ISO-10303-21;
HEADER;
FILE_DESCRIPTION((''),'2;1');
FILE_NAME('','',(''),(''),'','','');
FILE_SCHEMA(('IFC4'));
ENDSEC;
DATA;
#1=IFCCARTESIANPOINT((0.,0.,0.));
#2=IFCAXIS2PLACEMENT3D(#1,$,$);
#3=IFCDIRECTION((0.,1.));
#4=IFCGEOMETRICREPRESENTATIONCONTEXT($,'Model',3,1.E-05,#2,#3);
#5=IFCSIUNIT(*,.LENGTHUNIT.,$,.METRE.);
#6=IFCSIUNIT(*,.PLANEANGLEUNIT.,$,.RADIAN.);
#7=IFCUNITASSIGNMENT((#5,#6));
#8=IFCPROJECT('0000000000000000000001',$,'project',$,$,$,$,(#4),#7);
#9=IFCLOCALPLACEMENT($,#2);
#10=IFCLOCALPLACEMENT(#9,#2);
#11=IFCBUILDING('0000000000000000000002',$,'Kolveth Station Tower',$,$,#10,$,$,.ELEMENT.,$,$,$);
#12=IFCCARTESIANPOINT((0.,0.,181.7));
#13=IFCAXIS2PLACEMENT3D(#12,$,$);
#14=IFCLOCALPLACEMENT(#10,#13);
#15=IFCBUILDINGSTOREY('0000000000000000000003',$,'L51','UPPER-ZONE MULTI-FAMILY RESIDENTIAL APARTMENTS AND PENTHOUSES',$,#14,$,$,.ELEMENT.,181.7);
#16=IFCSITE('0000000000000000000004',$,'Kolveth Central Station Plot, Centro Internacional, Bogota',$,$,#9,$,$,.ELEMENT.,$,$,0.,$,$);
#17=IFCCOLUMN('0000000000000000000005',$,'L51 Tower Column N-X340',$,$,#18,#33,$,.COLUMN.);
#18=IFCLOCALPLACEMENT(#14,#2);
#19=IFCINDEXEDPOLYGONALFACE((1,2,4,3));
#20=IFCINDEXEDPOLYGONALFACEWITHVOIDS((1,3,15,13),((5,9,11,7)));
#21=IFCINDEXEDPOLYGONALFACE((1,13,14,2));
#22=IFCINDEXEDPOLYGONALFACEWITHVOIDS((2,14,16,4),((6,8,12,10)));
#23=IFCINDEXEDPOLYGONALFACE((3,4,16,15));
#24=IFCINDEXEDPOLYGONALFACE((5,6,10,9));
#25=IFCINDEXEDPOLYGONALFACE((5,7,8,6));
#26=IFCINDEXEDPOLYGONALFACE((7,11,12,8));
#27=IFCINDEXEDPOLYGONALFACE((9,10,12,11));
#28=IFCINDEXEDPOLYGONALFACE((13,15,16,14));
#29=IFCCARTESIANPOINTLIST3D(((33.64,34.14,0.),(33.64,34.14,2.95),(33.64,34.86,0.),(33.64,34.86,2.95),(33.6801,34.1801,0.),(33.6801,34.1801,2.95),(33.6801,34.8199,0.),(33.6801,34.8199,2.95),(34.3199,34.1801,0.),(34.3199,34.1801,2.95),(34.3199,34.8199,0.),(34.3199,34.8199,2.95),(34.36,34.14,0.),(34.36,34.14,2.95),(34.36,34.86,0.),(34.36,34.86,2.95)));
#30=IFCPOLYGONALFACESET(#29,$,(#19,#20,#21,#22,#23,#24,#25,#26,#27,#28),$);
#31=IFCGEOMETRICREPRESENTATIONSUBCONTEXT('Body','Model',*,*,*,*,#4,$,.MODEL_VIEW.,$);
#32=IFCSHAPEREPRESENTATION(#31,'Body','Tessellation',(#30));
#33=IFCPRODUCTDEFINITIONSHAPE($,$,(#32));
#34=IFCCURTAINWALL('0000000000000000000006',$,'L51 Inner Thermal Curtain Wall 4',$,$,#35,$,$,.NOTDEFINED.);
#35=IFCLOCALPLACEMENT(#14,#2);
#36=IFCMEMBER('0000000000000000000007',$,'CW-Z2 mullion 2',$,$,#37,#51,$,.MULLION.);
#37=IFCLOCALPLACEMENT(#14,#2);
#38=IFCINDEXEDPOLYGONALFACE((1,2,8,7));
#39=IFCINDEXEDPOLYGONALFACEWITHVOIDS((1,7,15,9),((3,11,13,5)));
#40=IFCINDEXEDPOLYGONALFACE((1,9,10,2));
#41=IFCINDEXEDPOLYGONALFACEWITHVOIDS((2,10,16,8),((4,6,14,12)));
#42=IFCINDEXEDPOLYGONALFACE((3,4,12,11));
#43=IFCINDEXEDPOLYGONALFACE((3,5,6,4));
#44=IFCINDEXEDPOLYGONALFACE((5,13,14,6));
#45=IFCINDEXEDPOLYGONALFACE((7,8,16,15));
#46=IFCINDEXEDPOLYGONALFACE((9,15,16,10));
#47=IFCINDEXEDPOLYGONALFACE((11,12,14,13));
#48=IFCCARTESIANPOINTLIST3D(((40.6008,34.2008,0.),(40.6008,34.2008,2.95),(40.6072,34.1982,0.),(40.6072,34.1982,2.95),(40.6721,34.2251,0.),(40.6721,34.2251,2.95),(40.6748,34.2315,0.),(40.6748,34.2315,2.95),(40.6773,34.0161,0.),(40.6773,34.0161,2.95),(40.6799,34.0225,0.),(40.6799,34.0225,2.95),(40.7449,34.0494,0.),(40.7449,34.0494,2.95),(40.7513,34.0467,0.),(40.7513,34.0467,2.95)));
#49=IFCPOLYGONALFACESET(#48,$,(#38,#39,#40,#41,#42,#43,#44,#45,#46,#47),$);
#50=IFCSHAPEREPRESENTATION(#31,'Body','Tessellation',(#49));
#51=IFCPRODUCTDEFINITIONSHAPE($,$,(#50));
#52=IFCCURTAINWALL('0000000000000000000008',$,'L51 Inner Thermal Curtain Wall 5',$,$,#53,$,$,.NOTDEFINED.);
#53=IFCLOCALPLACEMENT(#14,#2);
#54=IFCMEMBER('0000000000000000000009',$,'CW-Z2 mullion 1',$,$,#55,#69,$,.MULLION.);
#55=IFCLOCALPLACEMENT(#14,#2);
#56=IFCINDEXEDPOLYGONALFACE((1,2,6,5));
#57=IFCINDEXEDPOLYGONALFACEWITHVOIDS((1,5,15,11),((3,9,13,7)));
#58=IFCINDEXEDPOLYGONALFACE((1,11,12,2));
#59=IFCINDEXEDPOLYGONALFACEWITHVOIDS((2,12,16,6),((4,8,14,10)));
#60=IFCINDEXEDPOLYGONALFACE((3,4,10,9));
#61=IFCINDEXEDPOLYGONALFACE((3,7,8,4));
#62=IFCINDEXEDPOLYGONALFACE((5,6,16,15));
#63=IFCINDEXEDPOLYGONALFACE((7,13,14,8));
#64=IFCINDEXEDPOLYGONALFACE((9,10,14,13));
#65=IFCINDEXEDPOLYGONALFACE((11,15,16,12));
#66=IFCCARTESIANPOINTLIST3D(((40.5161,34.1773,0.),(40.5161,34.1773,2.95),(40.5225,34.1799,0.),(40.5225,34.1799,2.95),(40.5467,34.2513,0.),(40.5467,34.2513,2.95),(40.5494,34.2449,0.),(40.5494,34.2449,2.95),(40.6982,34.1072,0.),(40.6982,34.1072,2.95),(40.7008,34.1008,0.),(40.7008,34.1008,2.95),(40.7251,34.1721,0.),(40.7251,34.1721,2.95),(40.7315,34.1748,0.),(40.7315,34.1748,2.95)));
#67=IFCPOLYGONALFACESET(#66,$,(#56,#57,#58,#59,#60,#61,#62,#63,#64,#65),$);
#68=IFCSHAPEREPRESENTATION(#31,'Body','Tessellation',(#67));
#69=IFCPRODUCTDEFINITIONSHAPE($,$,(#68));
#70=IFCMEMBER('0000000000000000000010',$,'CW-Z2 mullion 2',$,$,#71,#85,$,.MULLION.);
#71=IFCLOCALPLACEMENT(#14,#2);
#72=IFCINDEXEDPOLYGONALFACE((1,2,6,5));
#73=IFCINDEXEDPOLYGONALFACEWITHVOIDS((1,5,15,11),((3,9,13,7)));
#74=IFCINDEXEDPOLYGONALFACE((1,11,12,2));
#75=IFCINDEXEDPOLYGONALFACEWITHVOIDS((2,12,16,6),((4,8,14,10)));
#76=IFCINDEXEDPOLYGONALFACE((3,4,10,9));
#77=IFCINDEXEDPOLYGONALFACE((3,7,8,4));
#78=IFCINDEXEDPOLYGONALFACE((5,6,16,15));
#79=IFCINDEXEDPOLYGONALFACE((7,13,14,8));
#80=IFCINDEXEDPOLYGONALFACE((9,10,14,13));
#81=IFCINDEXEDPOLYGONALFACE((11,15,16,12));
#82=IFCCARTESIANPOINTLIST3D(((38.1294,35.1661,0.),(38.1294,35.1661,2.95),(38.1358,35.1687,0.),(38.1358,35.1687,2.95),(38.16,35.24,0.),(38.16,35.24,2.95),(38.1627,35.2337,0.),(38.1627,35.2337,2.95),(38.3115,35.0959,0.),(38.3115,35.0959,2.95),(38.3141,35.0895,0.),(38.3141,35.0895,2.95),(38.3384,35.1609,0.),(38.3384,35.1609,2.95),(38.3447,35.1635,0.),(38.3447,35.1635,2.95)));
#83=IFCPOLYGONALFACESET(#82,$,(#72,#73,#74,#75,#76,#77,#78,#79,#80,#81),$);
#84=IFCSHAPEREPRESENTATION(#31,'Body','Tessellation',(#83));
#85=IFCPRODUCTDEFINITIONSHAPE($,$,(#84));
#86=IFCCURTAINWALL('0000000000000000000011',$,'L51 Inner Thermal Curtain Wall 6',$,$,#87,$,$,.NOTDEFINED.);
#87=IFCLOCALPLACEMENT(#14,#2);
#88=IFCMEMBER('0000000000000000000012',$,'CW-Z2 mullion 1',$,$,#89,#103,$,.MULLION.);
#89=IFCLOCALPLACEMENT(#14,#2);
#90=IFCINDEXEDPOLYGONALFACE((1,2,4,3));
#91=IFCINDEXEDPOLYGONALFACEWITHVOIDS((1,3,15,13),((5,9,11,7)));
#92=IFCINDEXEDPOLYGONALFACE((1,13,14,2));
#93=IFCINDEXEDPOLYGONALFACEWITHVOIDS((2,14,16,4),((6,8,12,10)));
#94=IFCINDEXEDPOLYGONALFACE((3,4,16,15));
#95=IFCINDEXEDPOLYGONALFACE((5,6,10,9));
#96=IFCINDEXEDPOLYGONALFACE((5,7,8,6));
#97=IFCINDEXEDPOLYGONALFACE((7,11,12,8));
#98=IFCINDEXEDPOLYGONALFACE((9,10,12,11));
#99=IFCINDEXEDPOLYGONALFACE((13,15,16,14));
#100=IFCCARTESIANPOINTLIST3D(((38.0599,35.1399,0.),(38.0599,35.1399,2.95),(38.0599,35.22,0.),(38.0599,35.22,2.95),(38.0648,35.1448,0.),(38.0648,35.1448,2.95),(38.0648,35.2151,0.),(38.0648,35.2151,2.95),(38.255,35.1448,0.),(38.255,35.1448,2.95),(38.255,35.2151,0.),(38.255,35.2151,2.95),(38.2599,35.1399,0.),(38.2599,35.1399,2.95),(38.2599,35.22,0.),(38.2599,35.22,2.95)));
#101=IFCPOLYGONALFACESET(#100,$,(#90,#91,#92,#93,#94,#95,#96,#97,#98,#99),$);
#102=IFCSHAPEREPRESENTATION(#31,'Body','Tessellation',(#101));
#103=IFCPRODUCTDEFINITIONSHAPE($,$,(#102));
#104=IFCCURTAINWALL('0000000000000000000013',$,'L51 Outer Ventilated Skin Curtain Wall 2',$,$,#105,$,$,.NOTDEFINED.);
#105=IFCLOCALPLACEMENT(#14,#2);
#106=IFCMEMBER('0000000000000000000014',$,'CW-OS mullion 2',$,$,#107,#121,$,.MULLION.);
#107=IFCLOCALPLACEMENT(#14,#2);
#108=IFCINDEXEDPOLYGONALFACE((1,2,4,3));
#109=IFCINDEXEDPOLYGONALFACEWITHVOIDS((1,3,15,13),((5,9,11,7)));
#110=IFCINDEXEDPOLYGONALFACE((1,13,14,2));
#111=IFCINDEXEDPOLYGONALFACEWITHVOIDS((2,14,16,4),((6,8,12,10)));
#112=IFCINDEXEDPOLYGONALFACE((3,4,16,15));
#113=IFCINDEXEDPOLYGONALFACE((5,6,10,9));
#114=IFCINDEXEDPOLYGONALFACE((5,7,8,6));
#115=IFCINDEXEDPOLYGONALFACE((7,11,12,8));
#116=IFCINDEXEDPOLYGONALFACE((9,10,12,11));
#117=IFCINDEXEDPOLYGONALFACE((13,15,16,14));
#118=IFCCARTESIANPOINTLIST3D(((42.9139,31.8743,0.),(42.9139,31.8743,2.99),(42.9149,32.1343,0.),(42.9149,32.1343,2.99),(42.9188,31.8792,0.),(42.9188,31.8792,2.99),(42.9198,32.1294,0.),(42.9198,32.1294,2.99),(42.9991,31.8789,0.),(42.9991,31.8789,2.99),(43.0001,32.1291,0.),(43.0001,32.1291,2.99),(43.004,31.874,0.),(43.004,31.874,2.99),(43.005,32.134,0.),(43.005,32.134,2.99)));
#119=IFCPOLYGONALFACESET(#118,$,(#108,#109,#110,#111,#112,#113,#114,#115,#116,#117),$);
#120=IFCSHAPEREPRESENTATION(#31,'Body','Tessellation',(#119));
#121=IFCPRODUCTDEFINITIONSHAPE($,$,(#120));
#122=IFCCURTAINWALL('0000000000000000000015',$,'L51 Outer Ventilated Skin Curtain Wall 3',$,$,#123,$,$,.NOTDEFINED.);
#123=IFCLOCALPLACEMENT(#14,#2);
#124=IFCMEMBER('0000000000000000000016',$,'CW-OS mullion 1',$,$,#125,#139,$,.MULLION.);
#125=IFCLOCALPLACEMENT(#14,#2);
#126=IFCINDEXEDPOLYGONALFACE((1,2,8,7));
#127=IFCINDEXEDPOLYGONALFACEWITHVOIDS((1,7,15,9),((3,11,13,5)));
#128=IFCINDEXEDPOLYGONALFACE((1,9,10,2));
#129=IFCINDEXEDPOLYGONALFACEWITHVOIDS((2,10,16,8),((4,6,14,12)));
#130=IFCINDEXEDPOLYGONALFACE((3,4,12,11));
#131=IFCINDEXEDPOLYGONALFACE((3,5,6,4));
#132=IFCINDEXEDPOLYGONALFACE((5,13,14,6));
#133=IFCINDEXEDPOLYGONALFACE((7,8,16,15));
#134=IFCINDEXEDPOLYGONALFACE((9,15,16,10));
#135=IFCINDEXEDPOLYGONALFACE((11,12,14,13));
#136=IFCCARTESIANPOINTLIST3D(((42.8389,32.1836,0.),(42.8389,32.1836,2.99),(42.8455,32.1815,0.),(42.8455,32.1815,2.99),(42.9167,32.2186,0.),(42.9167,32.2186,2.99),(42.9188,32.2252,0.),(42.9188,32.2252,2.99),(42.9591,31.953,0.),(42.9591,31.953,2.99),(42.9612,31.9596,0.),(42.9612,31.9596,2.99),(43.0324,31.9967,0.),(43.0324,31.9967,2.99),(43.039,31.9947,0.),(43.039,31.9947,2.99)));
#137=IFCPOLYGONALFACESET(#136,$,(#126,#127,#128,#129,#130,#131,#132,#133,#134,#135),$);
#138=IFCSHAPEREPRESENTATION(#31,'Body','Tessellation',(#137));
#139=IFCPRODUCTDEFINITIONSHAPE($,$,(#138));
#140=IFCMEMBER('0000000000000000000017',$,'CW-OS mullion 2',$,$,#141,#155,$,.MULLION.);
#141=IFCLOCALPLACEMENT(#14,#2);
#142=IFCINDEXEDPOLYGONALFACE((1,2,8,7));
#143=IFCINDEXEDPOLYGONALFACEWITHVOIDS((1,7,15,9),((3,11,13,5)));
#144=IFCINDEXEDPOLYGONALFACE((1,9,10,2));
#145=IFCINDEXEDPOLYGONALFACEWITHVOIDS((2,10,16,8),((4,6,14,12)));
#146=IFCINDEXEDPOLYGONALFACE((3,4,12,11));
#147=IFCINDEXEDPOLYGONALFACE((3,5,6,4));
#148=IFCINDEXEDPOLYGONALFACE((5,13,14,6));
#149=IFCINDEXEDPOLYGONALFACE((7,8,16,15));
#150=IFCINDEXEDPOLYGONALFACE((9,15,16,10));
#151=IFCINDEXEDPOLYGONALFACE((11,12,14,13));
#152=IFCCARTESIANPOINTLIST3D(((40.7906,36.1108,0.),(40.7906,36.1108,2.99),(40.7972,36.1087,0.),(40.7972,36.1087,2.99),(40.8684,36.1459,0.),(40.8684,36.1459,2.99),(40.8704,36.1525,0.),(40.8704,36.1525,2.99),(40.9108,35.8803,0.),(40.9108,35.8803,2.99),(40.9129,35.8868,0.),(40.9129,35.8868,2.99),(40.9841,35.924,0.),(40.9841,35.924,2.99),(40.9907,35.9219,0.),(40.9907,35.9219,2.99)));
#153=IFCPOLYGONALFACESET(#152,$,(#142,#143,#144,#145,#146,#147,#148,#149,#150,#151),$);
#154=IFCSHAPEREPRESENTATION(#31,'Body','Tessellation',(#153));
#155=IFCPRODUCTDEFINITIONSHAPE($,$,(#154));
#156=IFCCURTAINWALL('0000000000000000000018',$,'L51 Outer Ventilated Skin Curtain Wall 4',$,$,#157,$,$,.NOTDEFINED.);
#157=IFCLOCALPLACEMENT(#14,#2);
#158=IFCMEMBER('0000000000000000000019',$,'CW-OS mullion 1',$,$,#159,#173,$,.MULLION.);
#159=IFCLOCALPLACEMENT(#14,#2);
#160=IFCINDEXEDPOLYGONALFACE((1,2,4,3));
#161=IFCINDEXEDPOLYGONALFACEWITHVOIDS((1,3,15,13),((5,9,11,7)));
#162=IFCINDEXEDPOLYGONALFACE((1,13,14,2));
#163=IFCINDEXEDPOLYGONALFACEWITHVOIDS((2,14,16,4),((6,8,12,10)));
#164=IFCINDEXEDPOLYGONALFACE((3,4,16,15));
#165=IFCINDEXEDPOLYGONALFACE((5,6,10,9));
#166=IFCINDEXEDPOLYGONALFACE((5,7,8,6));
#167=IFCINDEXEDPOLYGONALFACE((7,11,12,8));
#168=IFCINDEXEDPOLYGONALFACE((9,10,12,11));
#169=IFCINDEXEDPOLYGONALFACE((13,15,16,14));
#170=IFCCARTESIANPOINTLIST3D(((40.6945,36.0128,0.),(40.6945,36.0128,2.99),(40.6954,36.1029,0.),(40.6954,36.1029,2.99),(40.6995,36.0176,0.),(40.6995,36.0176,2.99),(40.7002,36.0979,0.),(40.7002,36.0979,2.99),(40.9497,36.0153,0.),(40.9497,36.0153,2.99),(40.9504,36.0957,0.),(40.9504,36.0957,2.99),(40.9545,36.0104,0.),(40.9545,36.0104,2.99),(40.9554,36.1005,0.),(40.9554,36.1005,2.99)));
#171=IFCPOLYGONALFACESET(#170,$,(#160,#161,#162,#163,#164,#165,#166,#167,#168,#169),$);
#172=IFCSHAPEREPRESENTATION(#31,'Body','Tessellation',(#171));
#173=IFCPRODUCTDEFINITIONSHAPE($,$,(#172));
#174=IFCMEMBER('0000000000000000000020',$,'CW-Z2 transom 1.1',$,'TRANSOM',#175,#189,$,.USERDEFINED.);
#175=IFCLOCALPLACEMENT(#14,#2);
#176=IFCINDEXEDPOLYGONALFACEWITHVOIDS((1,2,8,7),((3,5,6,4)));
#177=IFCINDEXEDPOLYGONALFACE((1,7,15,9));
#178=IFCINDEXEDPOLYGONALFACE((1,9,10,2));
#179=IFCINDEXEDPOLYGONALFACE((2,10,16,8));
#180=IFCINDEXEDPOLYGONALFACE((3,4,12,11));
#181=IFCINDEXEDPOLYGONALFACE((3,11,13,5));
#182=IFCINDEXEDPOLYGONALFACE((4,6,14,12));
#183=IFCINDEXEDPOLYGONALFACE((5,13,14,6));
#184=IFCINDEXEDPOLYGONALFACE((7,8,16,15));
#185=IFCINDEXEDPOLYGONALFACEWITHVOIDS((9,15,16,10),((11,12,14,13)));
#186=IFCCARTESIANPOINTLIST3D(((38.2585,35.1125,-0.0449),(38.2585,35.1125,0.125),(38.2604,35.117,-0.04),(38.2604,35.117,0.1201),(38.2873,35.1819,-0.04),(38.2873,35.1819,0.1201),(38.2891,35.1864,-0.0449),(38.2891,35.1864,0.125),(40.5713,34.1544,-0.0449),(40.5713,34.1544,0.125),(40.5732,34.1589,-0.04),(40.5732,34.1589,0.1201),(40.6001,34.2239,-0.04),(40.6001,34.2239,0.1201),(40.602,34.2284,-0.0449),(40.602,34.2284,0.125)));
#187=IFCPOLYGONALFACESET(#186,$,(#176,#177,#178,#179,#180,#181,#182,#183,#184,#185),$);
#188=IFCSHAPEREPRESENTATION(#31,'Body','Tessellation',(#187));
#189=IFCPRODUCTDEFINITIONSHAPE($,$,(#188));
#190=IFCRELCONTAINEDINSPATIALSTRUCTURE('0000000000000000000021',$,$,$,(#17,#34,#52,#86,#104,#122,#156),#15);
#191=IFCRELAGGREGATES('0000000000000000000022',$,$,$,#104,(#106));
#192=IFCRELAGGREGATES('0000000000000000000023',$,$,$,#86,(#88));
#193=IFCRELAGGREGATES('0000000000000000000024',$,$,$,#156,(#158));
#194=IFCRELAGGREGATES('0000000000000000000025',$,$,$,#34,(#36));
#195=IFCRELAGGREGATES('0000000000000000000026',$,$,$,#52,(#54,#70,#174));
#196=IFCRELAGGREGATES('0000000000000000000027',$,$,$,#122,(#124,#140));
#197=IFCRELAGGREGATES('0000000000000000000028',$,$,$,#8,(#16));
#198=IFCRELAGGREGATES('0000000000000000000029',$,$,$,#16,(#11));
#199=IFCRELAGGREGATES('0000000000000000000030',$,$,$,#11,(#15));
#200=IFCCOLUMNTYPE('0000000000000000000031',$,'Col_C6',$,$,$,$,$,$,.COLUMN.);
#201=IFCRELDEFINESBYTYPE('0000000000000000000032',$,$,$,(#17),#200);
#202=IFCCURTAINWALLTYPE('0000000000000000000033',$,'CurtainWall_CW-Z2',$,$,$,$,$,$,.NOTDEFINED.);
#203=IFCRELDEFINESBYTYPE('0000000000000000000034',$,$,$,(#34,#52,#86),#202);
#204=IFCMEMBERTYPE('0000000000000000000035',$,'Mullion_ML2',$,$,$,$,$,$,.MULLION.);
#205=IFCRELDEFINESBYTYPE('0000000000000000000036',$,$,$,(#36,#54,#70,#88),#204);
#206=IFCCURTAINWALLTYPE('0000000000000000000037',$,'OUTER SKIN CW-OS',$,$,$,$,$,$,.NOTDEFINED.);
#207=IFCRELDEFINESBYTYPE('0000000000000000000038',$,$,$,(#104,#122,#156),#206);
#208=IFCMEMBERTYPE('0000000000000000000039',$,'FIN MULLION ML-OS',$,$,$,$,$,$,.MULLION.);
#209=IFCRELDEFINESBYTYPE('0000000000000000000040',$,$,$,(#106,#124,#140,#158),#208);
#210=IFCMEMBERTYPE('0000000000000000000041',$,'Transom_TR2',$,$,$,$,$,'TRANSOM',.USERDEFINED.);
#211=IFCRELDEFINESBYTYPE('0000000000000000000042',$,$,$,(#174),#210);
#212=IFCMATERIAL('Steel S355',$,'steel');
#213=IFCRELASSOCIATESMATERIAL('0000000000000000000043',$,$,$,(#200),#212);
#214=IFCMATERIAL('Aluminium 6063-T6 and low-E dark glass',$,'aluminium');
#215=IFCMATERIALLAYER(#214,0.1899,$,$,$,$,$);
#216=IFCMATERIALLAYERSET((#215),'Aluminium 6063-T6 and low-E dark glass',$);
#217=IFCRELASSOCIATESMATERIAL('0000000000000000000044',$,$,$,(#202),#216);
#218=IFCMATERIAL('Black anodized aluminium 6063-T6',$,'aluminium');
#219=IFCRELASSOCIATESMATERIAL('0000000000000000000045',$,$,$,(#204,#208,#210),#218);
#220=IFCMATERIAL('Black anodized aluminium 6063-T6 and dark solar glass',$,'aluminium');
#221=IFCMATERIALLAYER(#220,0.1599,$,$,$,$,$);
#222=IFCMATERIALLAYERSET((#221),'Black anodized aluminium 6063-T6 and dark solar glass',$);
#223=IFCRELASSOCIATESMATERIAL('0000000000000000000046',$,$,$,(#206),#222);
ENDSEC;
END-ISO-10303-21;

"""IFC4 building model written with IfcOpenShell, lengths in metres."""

from ifc_helpers import new_model, si_unit, direction, frame, origin, origin_2d, place, context, subcontext, project, spatial, hollow_rectangle, extrude, source, transform, mapped, material, layer, layer_set, material_profile, profile_set, type_object, element, aggregate, save


model = new_model("IFC4")

# Units and contexts
model_context = context("Model", 3, precision=1e-05, world=origin(), true_north=direction((0.0, 1.0)))
body_context = subcontext(model_context, "Body", "Model", "MODEL_VIEW")
ifc_project = project(units=[si_unit("LENGTHUNIT", "METRE"), si_unit("PLANEANGLEUNIT", "RADIAN")], contexts=[model_context])

# Site, building, storey
site_placement = place(None, origin())
site = spatial("IfcSite", under=ifc_project, at=site_placement, Name="Kolveth Central Station Plot, Centro Internacional, Bogota", CompositionType="ELEMENT", RefElevation=0.0)
building_placement = place(site_placement, origin())
building = spatial("IfcBuilding", under=site, at=building_placement, Name="Kolveth Station Tower", CompositionType="ELEMENT")
storey_placement = place(building_placement, frame((0.0, 0.0, 181.7)))
storey = spatial("IfcBuildingStorey", under=building, at=storey_placement, Name="L51", Description="UPPER-ZONE MULTI-FAMILY RESIDENTIAL APARTMENTS AND PENTHOUSES", CompositionType="ELEMENT", Elevation=181.7)

# Column
ifc_material_1 = material(Name="Steel S355", Category="steel")
ifc_material_profile_1 = material_profile(ifc_material_1, hollow_rectangle(XDim=0.72, YDim=0.72, WallThickness=0.04, at=origin_2d()), Name="BOX720x720x40")
ifc_profile_set_1 = profile_set([ifc_material_profile_1], Name="Steel S355")
column_type = type_object("IfcColumnType", Name="Col_C6", PredefinedType="COLUMN", material=ifc_profile_set_1)
shared_shape_1 = source(origin(), body_context, "Body", "SweptSolid", [
    extrude(hollow_rectangle(XDim=0.72, YDim=0.72, WallThickness=0.04, at=origin_2d()), origin(), (0.0, 0.0, 1.0), 2.95),
])
column_placement = place(storey_placement, frame((34.0, 34.5, 0.0), z_axis=(0.0, 0.0, 1.0), x_axis=(1.0, 0.0, 0.0)))
element("IfcColumn", 1, at=column_placement, inside=storey, type_object=column_type, Name="L51 Tower Column N-X340", PredefinedType="COLUMN", context=body_context, shape_type="MappedRepresentation", body=[
    mapped(shared_shape_1, transform((0.0, 0.0, 0.0), x_axis=(1.0, 0.0, 0.0), y_axis=(0.0, 1.0, 0.0), z_axis=(0.0, 0.0, 1.0), scale=1.0)),
])

# Curtain wall, member
ifc_material_2 = material(Name="Aluminium 6063-T6 and low-E dark glass", Category="aluminium")
ifc_layer_1 = layer(ifc_material_2, 0.1899)
ifc_layer_set_1 = layer_set([ifc_layer_1], Name="Aluminium 6063-T6 and low-E dark glass")
curtain_wall_type_1 = type_object("IfcCurtainWallType", Name="CurtainWall_CW-Z2", PredefinedType="NOTDEFINED", material=ifc_layer_set_1)
curtain_wall_1_placement = place(storey_placement, origin())
curtain_wall_1 = element("IfcCurtainWall", 2, at=curtain_wall_1_placement, inside=storey, type_object=curtain_wall_type_1, Name="L51 Inner Thermal Curtain Wall 4", PredefinedType="NOTDEFINED")
ifc_material_3 = material(Name="Black anodized aluminium 6063-T6", Category="aluminium")
ifc_material_profile_2 = material_profile(ifc_material_3, hollow_rectangle(XDim=0.0801, YDim=0.2, WallThickness=0.0049, at=origin_2d()), Name="ALU-80x200x5")
ifc_profile_set_2 = profile_set([ifc_material_profile_2], Name="Black anodized aluminium 6063-T6")
member_type_1 = type_object("IfcMemberType", Name="Mullion_ML2", PredefinedType="MULLION", material=ifc_profile_set_2)
shared_shape_2 = source(origin(), body_context, "Body", "SweptSolid", [
    extrude(hollow_rectangle(XDim=0.0801, YDim=0.2, WallThickness=0.0049, at=origin_2d()), origin(), (0.0, 0.0, 1.0), 2.95),
])
member_1_placement = place(storey_placement, frame((40.676, 34.1238, 0.0), z_axis=(0.0, 0.0, 1.0), x_axis=(-0.923874, -0.382698, 0.0)))
member_1 = element("IfcMember", 3, at=member_1_placement, type_object=member_type_1, Name="CW-Z2 mullion 2", PredefinedType="MULLION", context=body_context, shape_type="MappedRepresentation", body=[
    mapped(shared_shape_2, transform((0.0, 0.0, 0.0), x_axis=(1.0, 0.0, 0.0), y_axis=(0.0, 1.0, 0.0), z_axis=(0.0, 0.0, 1.0), scale=1.0)),
])

# Curtain wall, members
curtain_wall_2_placement = place(storey_placement, origin())
curtain_wall_2 = element("IfcCurtainWall", 4, at=curtain_wall_2_placement, inside=storey, type_object=curtain_wall_type_1, Name="L51 Inner Thermal Curtain Wall 5", PredefinedType="NOTDEFINED")
member_2_placement = place(storey_placement, frame((40.6238, 34.176, 0.0), z_axis=(0.0, 0.0, 1.0), x_axis=(-0.382698, -0.923874, 0.0)))
member_2 = element("IfcMember", 5, at=member_2_placement, type_object=member_type_1, Name="CW-Z2 mullion 1", PredefinedType="MULLION", context=body_context, shape_type="MappedRepresentation", body=[
    mapped(shared_shape_2, transform((0.0, 0.0, 0.0), x_axis=(1.0, 0.0, 0.0), y_axis=(0.0, 1.0, 0.0), z_axis=(0.0, 0.0, 1.0), scale=1.0)),
])
member_3_placement = place(storey_placement, frame((38.2371, 35.1648, 0.0), z_axis=(0.0, 0.0, 1.0), x_axis=(-0.382698, -0.923874, 0.0)))
member_3 = element("IfcMember", 6, at=member_3_placement, type_object=member_type_1, Name="CW-Z2 mullion 2", PredefinedType="MULLION", context=body_context, shape_type="MappedRepresentation", body=[
    mapped(shared_shape_2, transform((0.0, 0.0, 0.0), x_axis=(1.0, 0.0, 0.0), y_axis=(0.0, 1.0, 0.0), z_axis=(0.0, 0.0, 1.0), scale=1.0)),
])

# Curtain walls, members
curtain_wall_3_placement = place(storey_placement, origin())
curtain_wall_3 = element("IfcCurtainWall", 7, at=curtain_wall_3_placement, inside=storey, type_object=curtain_wall_type_1, Name="L51 Inner Thermal Curtain Wall 6", PredefinedType="NOTDEFINED")
member_4_placement = place(storey_placement, frame((38.1599, 35.1799, 0.0), z_axis=(0.0, 0.0, 1.0), x_axis=(0.0, -1.0, 0.0)))
member_4 = element("IfcMember", 8, at=member_4_placement, type_object=member_type_1, Name="CW-Z2 mullion 1", PredefinedType="MULLION", context=body_context, shape_type="MappedRepresentation", body=[
    mapped(shared_shape_2, transform((0.0, 0.0, 0.0), x_axis=(1.0, 0.0, 0.0), y_axis=(0.0, 1.0, 0.0), z_axis=(0.0, 0.0, 1.0), scale=1.0)),
])
ifc_material_4 = material(Name="Black anodized aluminium 6063-T6 and dark solar glass", Category="aluminium")
ifc_layer_2 = layer(ifc_material_4, 0.1599)
ifc_layer_set_2 = layer_set([ifc_layer_2], Name="Black anodized aluminium 6063-T6 and dark solar glass")
curtain_wall_type_2 = type_object("IfcCurtainWallType", Name="OUTER SKIN CW-OS", PredefinedType="NOTDEFINED", material=ifc_layer_set_2)
curtain_wall_4_placement = place(storey_placement, origin())
curtain_wall_4 = element("IfcCurtainWall", 9, at=curtain_wall_4_placement, inside=storey, type_object=curtain_wall_type_2, Name="L51 Outer Ventilated Skin Curtain Wall 2", PredefinedType="NOTDEFINED")
ifc_material_profile_3 = material_profile(ifc_material_3, hollow_rectangle(XDim=0.0901, YDim=0.26, WallThickness=0.0049, at=origin_2d()), Name="ALU-90x260x5")
ifc_profile_set_3 = profile_set([ifc_material_profile_3], Name="Black anodized aluminium 6063-T6")
member_type_2 = type_object("IfcMemberType", Name="FIN MULLION ML-OS", PredefinedType="MULLION", material=ifc_profile_set_3)
shared_shape_3 = source(origin(), body_context, "Body", "SweptSolid", [
    extrude(hollow_rectangle(XDim=0.0901, YDim=0.26, WallThickness=0.0049, at=origin_2d()), origin(), (0.0, 0.0, 1.0), 2.99),
])
member_5_placement = place(storey_placement, frame((42.9595, 32.0042, 0.0), z_axis=(0.0, 0.0, 1.0), x_axis=(-0.999992, 0.003991, 0.0)))
member_5 = element("IfcMember", 10, at=member_5_placement, type_object=member_type_2, Name="CW-OS mullion 2", PredefinedType="MULLION", context=body_context, shape_type="MappedRepresentation", body=[
    mapped(shared_shape_3, transform((0.0, 0.0, 0.0), x_axis=(1.0, 0.0, 0.0), y_axis=(0.0, 1.0, 0.0), z_axis=(0.0, 0.0, 1.0), scale=1.0)),
])
aggregate(curtain_wall_4, [member_5])

# Curtain wall, members
curtain_wall_5_placement = place(storey_placement, origin())
curtain_wall_5 = element("IfcCurtainWall", 11, at=curtain_wall_5_placement, inside=storey, type_object=curtain_wall_type_2, Name="L51 Outer Ventilated Skin Curtain Wall 3", PredefinedType="NOTDEFINED")
member_6_placement = place(storey_placement, frame((42.939, 32.0891, 0.0), z_axis=(0.0, 0.0, 1.0), x_axis=(-0.886663, -0.462416, 0.0)))
member_6 = element("IfcMember", 12, at=member_6_placement, type_object=member_type_2, Name="CW-OS mullion 1", PredefinedType="MULLION", context=body_context, shape_type="MappedRepresentation", body=[
    mapped(shared_shape_3, transform((0.0, 0.0, 0.0), x_axis=(1.0, 0.0, 0.0), y_axis=(0.0, 1.0, 0.0), z_axis=(0.0, 0.0, 1.0), scale=1.0)),
])
member_7_placement = place(storey_placement, frame((40.8906, 36.0164, 0.0), z_axis=(0.0, 0.0, 1.0), x_axis=(-0.886663, -0.462416, 0.0)))
member_7 = element("IfcMember", 13, at=member_7_placement, type_object=member_type_2, Name="CW-OS mullion 2", PredefinedType="MULLION", context=body_context, shape_type="MappedRepresentation", body=[
    mapped(shared_shape_3, transform((0.0, 0.0, 0.0), x_axis=(1.0, 0.0, 0.0), y_axis=(0.0, 1.0, 0.0), z_axis=(0.0, 0.0, 1.0), scale=1.0)),
])

# Curtain wall, member
curtain_wall_6_placement = place(storey_placement, origin())
curtain_wall_6 = element("IfcCurtainWall", 14, at=curtain_wall_6_placement, inside=storey, type_object=curtain_wall_type_2, Name="L51 Outer Ventilated Skin Curtain Wall 4", PredefinedType="NOTDEFINED")
member_8_placement = place(storey_placement, frame((40.825, 36.0566, 0.0), z_axis=(0.0, 0.0, 1.0), x_axis=(-0.009076, -0.999959, 0.0)))
member_8 = element("IfcMember", 15, at=member_8_placement, type_object=member_type_2, Name="CW-OS mullion 1", PredefinedType="MULLION", context=body_context, shape_type="MappedRepresentation", body=[
    mapped(shared_shape_3, transform((0.0, 0.0, 0.0), x_axis=(1.0, 0.0, 0.0), y_axis=(0.0, 1.0, 0.0), z_axis=(0.0, 0.0, 1.0), scale=1.0)),
])

# Member
ifc_material_profile_4 = material_profile(ifc_material_3, hollow_rectangle(XDim=0.0801, YDim=0.1699, WallThickness=0.0049, at=origin_2d()), Name="ALU-80x170x5")
ifc_profile_set_4 = profile_set([ifc_material_profile_4], Name="Black anodized aluminium 6063-T6")
member_type_3 = type_object("IfcMemberType", Name="Transom_TR2", ElementType="TRANSOM", PredefinedType="USERDEFINED", material=ifc_profile_set_4)
shared_shape_4 = source(origin(), body_context, "Body", "SweptSolid", [
    extrude(hollow_rectangle(XDim=0.0801, YDim=0.1699, WallThickness=0.0049, at=origin_2d()), origin(), (0.0, 0.0, 1.0), 2.5034),
])
member_9_placement = place(storey_placement, frame((40.5867, 34.1914, 0.04), z_axis=(-0.923874, 0.382696, 0.0), x_axis=(-0.382696, -0.923874, 0.0)))
member_9 = element("IfcMember", 16, at=member_9_placement, type_object=member_type_3, Name="CW-Z2 transom 1.1", ObjectType="TRANSOM", PredefinedType="USERDEFINED", context=body_context, shape_type="MappedRepresentation", body=[
    mapped(shared_shape_4, transform((0.0, 0.0, 0.0), x_axis=(1.0, 0.0, 0.0), y_axis=(0.0, 1.0, 0.0), z_axis=(0.0, 0.0, 1.0), scale=1.0)),
])
aggregate(curtain_wall_3, [member_4])
aggregate(curtain_wall_6, [member_8])

aggregate(curtain_wall_1, [member_1])
aggregate(curtain_wall_2, [member_2, member_3, member_9])
aggregate(curtain_wall_5, [member_6, member_7])

save(model, "model.ifc")
